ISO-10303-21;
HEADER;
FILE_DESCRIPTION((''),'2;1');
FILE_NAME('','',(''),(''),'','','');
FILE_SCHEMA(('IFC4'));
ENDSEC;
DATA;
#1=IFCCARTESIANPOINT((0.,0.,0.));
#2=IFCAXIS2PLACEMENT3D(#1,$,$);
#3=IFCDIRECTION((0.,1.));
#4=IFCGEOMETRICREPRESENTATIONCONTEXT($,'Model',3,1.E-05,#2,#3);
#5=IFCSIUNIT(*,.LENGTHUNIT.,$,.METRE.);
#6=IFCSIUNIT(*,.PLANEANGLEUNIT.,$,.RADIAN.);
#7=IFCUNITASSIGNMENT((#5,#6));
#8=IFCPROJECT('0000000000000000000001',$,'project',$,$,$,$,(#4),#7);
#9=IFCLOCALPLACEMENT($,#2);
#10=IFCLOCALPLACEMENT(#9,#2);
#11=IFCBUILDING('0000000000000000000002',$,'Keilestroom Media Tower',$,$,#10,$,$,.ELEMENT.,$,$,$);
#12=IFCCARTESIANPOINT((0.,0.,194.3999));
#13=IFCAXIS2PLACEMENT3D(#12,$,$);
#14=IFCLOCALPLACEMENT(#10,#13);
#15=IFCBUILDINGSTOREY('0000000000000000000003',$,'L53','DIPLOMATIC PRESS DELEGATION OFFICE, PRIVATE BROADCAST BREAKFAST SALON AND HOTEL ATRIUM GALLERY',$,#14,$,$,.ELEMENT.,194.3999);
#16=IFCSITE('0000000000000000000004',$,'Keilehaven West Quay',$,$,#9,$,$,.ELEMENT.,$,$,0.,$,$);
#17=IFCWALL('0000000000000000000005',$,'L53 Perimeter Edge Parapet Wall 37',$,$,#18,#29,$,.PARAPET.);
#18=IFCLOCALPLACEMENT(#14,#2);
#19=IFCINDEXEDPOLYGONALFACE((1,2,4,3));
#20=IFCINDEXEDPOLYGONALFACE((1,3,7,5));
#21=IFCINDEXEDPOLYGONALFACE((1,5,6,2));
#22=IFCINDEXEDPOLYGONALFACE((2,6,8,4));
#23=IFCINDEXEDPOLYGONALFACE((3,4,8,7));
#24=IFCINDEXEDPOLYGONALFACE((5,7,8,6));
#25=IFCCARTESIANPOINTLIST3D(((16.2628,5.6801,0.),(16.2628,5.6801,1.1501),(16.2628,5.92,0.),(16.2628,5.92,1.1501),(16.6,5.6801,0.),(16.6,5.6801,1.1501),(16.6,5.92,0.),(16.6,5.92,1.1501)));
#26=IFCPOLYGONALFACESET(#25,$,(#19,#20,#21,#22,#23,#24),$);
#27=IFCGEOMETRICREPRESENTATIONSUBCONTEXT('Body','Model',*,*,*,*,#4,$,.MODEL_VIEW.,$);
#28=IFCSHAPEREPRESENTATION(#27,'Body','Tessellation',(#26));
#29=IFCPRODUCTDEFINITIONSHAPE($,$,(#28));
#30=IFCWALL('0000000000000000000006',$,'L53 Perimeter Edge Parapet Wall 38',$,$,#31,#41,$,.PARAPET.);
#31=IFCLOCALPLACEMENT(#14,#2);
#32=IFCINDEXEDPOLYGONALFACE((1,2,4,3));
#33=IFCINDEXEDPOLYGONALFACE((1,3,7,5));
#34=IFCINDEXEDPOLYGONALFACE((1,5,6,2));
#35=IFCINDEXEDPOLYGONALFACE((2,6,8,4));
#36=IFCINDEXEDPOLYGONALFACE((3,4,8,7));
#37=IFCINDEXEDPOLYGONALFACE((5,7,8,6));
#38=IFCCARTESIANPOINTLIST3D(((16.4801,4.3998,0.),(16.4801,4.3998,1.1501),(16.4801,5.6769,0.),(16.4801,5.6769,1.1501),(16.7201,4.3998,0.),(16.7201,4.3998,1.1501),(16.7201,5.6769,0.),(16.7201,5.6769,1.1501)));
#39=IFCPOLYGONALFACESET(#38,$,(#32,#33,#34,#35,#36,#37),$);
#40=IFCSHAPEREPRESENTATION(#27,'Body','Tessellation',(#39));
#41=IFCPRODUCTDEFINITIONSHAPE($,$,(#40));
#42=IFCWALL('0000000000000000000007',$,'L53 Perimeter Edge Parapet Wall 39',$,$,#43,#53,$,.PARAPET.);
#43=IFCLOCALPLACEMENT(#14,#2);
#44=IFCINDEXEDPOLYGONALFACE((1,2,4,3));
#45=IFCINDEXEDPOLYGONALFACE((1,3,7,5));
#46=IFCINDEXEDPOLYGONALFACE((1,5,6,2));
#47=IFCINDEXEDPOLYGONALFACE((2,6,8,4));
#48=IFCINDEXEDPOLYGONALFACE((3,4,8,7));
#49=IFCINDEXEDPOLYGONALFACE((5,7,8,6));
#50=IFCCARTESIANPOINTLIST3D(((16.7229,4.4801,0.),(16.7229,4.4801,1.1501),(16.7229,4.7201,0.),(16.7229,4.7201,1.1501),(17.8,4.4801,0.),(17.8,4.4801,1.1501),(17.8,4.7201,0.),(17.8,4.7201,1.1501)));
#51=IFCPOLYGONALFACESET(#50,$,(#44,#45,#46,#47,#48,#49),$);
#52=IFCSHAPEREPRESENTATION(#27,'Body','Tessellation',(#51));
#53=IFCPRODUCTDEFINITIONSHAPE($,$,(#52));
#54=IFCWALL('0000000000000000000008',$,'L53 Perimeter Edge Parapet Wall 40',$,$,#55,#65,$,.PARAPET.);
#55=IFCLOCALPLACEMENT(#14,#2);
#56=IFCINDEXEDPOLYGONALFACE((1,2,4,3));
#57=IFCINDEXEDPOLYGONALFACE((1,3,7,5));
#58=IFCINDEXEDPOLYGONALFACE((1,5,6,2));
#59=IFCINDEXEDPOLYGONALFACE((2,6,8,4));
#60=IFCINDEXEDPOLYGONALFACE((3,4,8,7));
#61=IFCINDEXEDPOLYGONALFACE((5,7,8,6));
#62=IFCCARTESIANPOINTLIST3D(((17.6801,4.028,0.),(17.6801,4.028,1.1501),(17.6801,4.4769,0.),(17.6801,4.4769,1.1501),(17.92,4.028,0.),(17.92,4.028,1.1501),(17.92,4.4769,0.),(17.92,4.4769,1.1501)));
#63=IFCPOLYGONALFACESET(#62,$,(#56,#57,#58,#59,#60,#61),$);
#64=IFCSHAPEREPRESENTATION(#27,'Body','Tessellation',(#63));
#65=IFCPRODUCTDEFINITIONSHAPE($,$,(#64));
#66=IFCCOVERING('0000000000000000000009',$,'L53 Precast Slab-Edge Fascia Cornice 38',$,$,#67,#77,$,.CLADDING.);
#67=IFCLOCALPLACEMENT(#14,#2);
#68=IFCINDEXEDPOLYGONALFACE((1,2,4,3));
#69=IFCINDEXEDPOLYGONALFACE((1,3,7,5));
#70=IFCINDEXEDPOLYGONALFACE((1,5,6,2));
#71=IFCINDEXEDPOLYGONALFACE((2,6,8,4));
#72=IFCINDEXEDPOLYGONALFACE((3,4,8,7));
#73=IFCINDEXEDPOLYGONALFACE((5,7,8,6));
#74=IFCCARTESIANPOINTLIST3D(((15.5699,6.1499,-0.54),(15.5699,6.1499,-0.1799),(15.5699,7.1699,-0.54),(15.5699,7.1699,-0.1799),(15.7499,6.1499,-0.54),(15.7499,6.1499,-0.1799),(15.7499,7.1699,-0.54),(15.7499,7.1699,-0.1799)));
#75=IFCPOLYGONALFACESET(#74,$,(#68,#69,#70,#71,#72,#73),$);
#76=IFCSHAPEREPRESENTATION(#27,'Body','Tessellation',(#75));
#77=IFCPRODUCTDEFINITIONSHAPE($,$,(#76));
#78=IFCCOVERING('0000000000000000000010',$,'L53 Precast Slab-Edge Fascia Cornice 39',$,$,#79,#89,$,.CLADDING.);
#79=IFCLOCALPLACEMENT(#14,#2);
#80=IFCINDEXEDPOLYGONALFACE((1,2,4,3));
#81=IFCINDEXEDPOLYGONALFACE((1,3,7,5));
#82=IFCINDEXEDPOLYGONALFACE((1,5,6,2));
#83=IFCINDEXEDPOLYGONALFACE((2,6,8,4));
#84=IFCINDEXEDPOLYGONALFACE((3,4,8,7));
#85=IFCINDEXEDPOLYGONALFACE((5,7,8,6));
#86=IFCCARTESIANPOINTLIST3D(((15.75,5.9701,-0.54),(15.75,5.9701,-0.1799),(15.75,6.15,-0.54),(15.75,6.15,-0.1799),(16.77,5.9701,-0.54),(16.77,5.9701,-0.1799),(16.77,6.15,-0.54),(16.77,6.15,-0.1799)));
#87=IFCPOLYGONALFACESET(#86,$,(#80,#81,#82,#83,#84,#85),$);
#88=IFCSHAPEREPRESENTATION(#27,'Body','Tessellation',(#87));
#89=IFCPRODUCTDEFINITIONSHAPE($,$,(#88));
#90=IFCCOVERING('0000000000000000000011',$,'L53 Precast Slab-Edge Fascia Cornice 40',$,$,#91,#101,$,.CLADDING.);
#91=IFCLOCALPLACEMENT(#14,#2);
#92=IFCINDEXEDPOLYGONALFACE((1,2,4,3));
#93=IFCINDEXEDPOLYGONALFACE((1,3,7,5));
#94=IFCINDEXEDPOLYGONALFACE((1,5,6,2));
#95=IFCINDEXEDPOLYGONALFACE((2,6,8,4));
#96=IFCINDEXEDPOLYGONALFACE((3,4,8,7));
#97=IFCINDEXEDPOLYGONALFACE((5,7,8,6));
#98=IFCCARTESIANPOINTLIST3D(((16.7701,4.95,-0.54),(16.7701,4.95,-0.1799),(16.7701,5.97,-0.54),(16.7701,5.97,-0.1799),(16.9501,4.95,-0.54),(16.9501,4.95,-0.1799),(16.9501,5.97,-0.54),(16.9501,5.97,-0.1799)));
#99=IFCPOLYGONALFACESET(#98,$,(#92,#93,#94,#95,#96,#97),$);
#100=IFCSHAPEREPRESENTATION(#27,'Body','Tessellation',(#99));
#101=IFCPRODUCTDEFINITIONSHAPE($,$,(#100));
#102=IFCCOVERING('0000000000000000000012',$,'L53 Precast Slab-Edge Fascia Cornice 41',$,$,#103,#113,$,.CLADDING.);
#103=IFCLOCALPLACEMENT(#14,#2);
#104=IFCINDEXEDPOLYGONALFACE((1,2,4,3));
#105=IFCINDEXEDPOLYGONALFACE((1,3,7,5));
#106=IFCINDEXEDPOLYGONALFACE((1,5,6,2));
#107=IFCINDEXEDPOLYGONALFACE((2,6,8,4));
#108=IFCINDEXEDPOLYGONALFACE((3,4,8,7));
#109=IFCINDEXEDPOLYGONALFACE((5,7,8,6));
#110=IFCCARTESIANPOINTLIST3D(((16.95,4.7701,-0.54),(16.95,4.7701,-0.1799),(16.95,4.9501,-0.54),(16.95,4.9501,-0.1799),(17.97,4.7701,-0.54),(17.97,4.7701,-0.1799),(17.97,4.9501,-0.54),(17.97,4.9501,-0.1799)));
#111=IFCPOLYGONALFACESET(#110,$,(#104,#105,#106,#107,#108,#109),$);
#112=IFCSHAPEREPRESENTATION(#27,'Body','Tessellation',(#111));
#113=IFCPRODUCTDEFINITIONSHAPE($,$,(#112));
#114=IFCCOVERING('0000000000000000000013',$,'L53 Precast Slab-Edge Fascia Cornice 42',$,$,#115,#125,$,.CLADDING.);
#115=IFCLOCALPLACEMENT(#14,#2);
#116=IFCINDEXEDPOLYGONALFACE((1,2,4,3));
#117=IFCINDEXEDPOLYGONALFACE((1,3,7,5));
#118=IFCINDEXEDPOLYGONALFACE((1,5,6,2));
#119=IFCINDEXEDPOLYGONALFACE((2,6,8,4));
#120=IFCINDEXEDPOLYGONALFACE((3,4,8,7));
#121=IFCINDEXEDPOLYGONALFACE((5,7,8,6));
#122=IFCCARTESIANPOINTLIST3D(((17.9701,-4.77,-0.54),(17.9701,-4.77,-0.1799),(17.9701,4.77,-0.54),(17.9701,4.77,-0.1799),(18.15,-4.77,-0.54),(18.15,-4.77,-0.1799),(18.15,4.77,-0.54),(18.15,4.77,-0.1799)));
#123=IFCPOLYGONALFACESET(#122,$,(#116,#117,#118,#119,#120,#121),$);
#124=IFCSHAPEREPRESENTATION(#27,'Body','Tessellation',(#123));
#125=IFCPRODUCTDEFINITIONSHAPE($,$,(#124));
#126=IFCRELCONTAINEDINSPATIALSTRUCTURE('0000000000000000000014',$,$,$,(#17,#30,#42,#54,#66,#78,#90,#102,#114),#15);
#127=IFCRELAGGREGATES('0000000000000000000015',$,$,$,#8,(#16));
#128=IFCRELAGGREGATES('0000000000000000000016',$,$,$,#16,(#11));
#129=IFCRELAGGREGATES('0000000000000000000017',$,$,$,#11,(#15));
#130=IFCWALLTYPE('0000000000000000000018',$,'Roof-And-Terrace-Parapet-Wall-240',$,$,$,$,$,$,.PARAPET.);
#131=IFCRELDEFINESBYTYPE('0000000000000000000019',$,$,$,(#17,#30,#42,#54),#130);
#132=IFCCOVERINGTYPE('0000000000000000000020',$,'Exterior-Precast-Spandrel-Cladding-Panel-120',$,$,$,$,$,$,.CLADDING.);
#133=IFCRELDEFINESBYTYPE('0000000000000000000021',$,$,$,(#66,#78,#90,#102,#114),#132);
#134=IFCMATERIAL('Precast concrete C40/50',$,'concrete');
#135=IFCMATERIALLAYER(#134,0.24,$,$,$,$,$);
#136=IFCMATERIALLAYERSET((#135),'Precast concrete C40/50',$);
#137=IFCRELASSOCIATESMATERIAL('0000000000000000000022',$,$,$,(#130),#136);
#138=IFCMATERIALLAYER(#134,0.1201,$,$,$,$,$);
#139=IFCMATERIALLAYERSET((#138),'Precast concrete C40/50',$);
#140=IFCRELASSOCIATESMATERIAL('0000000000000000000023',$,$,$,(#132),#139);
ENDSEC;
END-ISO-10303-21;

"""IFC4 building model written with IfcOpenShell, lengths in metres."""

from ifc_helpers import new_model, si_unit, direction, frame, frame_2d, origin, origin_2d, place, context, subcontext, project, spatial, rectangle, extrude, source, transform, mapped, material, layer, layer_set, type_object, element, save


model = new_model("IFC4")

# Units and contexts
model_context = context("Model", 3, precision=1e-05, world=origin(), true_north=direction((0.0, 1.0)))
body_context = subcontext(model_context, "Body", "Model", "MODEL_VIEW")
ifc_project = project(units=[si_unit("LENGTHUNIT", "METRE"), si_unit("PLANEANGLEUNIT", "RADIAN")], contexts=[model_context])

# Site, building, storey
site_placement = place(None, origin())
site = spatial("IfcSite", under=ifc_project, at=site_placement, Name="Keilehaven West Quay", CompositionType="ELEMENT", RefElevation=0.0)
building_placement = place(site_placement, origin())
building = spatial("IfcBuilding", under=site, at=building_placement, Name="Keilestroom Media Tower", CompositionType="ELEMENT")
storey_placement = place(building_placement, frame((0.0, 0.0, 194.3999)))
storey = spatial("IfcBuildingStorey", under=building, at=storey_placement, Name="L53", Description="DIPLOMATIC PRESS DELEGATION OFFICE, PRIVATE BROADCAST BREAKFAST SALON AND HOTEL ATRIUM GALLERY", CompositionType="ELEMENT", Elevation=194.3999)

# Shared definitions
ifc_material_1 = material(Name="Precast concrete C40/50", Category="concrete")

# Walls
ifc_layer_1 = layer(ifc_material_1, 0.24)
ifc_layer_set_1 = layer_set([ifc_layer_1], Name="Precast concrete C40/50")
wall_type_1 = type_object("IfcWallType", Name="Roof-And-Terrace-Parapet-Wall-240", PredefinedType="PARAPET", material=ifc_layer_set_1)
wall_1_placement = place(storey_placement, frame((16.2629, 5.8, 0.0), z_axis=(0.0, 0.0, 1.0), x_axis=(1.0, 0.0, 0.0)))
element("IfcWall", 1, at=wall_1_placement, inside=storey, type_object=wall_type_1, Name="L53 Perimeter Edge Parapet Wall 37", PredefinedType="PARAPET", context=body_context, shape_type="SweptSolid", body=[
    extrude(rectangle(XDim=0.3372, YDim=0.24, at=frame_2d((0.1685, 0.0))), origin(), (0.0, 0.0, 1.0), 1.1501),
])
wall_2_placement = place(storey_placement, frame((16.6001, 5.677, 0.0), z_axis=(0.0, 0.0, 1.0), x_axis=(0.0, -1.0, 0.0)))
element("IfcWall", 2, at=wall_2_placement, inside=storey, type_object=wall_type_1, Name="L53 Perimeter Edge Parapet Wall 38", PredefinedType="PARAPET", context=body_context, shape_type="SweptSolid", body=[
    extrude(rectangle(XDim=1.2771, YDim=0.24, at=frame_2d((0.6387, 0.0))), origin(), (0.0, 0.0, 1.0), 1.1501),
])
wall_3_placement = place(storey_placement, frame((16.7229, 4.6001, 0.0), z_axis=(0.0, 0.0, 1.0), x_axis=(1.0, 0.0, 0.0)))
element("IfcWall", 3, at=wall_3_placement, inside=storey, type_object=wall_type_1, Name="L53 Perimeter Edge Parapet Wall 39", PredefinedType="PARAPET", context=body_context, shape_type="SweptSolid", body=[
    extrude(rectangle(XDim=1.0771, YDim=0.24, at=frame_2d((0.5386, 0.0))), origin(), (0.0, 0.0, 1.0), 1.1501),
])
wall_4_placement = place(storey_placement, frame((17.8, 4.4771, 0.0), z_axis=(0.0, 0.0, 1.0), x_axis=(0.0, -1.0, 0.0)))
element("IfcWall", 4, at=wall_4_placement, inside=storey, type_object=wall_type_1, Name="L53 Perimeter Edge Parapet Wall 40", PredefinedType="PARAPET", context=body_context, shape_type="SweptSolid", body=[
    extrude(rectangle(XDim=0.449, YDim=0.24, at=frame_2d((0.2246, 0.0))), origin(), (0.0, 0.0, 1.0), 1.1501),
])

# Coverings
ifc_layer_2 = layer(ifc_material_1, 0.1201)
ifc_layer_set_2 = layer_set([ifc_layer_2], Name="Precast concrete C40/50")
covering_type = type_object("IfcCoveringType", Name="Exterior-Precast-Spandrel-Cladding-Panel-120", PredefinedType="CLADDING", material=ifc_layer_set_2)
shared_shape_1 = source(origin(), body_context, "Body", "SweptSolid", [
    extrude(rectangle(XDim=1.02, YDim=0.1799, at=origin_2d()), origin(), (0.0, 0.0, 1.0), 0.3601),
])
for number, where, z_axis, x_axis, name in (
    (5, (15.6599, 6.6599, -0.54), (0.0, 0.0, 1.0), (0.0, -1.0, 0.0), "L53 Precast Slab-Edge Fascia Cornice 38"),
    (6, (16.26, 6.0601, -0.54), (0.0, 0.0, 1.0), (1.0, 0.0, 0.0), "L53 Precast Slab-Edge Fascia Cornice 39"),
    (7, (16.8601, 5.46, -0.54), (0.0, 0.0, 1.0), (0.0, -1.0, 0.0), "L53 Precast Slab-Edge Fascia Cornice 40"),
    (8, (17.46, 4.8601, -0.54), (0.0, 0.0, 1.0), (1.0, 0.0, 0.0), "L53 Precast Slab-Edge Fascia Cornice 41"),
):
    element("IfcCovering", number, at=place(storey_placement, frame(where, z_axis=z_axis, x_axis=x_axis)), inside=storey, type_object=covering_type, Name=name, PredefinedType="CLADDING", context=body_context, shape_type="MappedRepresentation", body=[
        mapped(shared_shape_1, transform((0.0, 0.0, 0.0), x_axis=(1.0, 0.0, 0.0), y_axis=(0.0, 1.0, 0.0), z_axis=(0.0, 0.0, 1.0), scale=1.0)),
    ])
shared_shape_2 = source(origin(), body_context, "Body", "SweptSolid", [
    extrude(rectangle(XDim=9.54, YDim=0.1799, at=origin_2d()), origin(), (0.0, 0.0, 1.0), 0.3601),
])
covering_placement = place(storey_placement, frame((18.0601, 0.0, -0.54), z_axis=(0.0, 0.0, 1.0), x_axis=(0.0, -1.0, 0.0)))
element("IfcCovering", 9, at=covering_placement, inside=storey, type_object=covering_type, Name="L53 Precast Slab-Edge Fascia Cornice 42", PredefinedType="CLADDING", context=body_context, shape_type="MappedRepresentation", body=[
    mapped(shared_shape_2, transform((0.0, 0.0, 0.0), x_axis=(1.0, 0.0, 0.0), y_axis=(0.0, 1.0, 0.0), z_axis=(0.0, 0.0, 1.0), scale=1.0)),
])

save(model, "model.ifc")
